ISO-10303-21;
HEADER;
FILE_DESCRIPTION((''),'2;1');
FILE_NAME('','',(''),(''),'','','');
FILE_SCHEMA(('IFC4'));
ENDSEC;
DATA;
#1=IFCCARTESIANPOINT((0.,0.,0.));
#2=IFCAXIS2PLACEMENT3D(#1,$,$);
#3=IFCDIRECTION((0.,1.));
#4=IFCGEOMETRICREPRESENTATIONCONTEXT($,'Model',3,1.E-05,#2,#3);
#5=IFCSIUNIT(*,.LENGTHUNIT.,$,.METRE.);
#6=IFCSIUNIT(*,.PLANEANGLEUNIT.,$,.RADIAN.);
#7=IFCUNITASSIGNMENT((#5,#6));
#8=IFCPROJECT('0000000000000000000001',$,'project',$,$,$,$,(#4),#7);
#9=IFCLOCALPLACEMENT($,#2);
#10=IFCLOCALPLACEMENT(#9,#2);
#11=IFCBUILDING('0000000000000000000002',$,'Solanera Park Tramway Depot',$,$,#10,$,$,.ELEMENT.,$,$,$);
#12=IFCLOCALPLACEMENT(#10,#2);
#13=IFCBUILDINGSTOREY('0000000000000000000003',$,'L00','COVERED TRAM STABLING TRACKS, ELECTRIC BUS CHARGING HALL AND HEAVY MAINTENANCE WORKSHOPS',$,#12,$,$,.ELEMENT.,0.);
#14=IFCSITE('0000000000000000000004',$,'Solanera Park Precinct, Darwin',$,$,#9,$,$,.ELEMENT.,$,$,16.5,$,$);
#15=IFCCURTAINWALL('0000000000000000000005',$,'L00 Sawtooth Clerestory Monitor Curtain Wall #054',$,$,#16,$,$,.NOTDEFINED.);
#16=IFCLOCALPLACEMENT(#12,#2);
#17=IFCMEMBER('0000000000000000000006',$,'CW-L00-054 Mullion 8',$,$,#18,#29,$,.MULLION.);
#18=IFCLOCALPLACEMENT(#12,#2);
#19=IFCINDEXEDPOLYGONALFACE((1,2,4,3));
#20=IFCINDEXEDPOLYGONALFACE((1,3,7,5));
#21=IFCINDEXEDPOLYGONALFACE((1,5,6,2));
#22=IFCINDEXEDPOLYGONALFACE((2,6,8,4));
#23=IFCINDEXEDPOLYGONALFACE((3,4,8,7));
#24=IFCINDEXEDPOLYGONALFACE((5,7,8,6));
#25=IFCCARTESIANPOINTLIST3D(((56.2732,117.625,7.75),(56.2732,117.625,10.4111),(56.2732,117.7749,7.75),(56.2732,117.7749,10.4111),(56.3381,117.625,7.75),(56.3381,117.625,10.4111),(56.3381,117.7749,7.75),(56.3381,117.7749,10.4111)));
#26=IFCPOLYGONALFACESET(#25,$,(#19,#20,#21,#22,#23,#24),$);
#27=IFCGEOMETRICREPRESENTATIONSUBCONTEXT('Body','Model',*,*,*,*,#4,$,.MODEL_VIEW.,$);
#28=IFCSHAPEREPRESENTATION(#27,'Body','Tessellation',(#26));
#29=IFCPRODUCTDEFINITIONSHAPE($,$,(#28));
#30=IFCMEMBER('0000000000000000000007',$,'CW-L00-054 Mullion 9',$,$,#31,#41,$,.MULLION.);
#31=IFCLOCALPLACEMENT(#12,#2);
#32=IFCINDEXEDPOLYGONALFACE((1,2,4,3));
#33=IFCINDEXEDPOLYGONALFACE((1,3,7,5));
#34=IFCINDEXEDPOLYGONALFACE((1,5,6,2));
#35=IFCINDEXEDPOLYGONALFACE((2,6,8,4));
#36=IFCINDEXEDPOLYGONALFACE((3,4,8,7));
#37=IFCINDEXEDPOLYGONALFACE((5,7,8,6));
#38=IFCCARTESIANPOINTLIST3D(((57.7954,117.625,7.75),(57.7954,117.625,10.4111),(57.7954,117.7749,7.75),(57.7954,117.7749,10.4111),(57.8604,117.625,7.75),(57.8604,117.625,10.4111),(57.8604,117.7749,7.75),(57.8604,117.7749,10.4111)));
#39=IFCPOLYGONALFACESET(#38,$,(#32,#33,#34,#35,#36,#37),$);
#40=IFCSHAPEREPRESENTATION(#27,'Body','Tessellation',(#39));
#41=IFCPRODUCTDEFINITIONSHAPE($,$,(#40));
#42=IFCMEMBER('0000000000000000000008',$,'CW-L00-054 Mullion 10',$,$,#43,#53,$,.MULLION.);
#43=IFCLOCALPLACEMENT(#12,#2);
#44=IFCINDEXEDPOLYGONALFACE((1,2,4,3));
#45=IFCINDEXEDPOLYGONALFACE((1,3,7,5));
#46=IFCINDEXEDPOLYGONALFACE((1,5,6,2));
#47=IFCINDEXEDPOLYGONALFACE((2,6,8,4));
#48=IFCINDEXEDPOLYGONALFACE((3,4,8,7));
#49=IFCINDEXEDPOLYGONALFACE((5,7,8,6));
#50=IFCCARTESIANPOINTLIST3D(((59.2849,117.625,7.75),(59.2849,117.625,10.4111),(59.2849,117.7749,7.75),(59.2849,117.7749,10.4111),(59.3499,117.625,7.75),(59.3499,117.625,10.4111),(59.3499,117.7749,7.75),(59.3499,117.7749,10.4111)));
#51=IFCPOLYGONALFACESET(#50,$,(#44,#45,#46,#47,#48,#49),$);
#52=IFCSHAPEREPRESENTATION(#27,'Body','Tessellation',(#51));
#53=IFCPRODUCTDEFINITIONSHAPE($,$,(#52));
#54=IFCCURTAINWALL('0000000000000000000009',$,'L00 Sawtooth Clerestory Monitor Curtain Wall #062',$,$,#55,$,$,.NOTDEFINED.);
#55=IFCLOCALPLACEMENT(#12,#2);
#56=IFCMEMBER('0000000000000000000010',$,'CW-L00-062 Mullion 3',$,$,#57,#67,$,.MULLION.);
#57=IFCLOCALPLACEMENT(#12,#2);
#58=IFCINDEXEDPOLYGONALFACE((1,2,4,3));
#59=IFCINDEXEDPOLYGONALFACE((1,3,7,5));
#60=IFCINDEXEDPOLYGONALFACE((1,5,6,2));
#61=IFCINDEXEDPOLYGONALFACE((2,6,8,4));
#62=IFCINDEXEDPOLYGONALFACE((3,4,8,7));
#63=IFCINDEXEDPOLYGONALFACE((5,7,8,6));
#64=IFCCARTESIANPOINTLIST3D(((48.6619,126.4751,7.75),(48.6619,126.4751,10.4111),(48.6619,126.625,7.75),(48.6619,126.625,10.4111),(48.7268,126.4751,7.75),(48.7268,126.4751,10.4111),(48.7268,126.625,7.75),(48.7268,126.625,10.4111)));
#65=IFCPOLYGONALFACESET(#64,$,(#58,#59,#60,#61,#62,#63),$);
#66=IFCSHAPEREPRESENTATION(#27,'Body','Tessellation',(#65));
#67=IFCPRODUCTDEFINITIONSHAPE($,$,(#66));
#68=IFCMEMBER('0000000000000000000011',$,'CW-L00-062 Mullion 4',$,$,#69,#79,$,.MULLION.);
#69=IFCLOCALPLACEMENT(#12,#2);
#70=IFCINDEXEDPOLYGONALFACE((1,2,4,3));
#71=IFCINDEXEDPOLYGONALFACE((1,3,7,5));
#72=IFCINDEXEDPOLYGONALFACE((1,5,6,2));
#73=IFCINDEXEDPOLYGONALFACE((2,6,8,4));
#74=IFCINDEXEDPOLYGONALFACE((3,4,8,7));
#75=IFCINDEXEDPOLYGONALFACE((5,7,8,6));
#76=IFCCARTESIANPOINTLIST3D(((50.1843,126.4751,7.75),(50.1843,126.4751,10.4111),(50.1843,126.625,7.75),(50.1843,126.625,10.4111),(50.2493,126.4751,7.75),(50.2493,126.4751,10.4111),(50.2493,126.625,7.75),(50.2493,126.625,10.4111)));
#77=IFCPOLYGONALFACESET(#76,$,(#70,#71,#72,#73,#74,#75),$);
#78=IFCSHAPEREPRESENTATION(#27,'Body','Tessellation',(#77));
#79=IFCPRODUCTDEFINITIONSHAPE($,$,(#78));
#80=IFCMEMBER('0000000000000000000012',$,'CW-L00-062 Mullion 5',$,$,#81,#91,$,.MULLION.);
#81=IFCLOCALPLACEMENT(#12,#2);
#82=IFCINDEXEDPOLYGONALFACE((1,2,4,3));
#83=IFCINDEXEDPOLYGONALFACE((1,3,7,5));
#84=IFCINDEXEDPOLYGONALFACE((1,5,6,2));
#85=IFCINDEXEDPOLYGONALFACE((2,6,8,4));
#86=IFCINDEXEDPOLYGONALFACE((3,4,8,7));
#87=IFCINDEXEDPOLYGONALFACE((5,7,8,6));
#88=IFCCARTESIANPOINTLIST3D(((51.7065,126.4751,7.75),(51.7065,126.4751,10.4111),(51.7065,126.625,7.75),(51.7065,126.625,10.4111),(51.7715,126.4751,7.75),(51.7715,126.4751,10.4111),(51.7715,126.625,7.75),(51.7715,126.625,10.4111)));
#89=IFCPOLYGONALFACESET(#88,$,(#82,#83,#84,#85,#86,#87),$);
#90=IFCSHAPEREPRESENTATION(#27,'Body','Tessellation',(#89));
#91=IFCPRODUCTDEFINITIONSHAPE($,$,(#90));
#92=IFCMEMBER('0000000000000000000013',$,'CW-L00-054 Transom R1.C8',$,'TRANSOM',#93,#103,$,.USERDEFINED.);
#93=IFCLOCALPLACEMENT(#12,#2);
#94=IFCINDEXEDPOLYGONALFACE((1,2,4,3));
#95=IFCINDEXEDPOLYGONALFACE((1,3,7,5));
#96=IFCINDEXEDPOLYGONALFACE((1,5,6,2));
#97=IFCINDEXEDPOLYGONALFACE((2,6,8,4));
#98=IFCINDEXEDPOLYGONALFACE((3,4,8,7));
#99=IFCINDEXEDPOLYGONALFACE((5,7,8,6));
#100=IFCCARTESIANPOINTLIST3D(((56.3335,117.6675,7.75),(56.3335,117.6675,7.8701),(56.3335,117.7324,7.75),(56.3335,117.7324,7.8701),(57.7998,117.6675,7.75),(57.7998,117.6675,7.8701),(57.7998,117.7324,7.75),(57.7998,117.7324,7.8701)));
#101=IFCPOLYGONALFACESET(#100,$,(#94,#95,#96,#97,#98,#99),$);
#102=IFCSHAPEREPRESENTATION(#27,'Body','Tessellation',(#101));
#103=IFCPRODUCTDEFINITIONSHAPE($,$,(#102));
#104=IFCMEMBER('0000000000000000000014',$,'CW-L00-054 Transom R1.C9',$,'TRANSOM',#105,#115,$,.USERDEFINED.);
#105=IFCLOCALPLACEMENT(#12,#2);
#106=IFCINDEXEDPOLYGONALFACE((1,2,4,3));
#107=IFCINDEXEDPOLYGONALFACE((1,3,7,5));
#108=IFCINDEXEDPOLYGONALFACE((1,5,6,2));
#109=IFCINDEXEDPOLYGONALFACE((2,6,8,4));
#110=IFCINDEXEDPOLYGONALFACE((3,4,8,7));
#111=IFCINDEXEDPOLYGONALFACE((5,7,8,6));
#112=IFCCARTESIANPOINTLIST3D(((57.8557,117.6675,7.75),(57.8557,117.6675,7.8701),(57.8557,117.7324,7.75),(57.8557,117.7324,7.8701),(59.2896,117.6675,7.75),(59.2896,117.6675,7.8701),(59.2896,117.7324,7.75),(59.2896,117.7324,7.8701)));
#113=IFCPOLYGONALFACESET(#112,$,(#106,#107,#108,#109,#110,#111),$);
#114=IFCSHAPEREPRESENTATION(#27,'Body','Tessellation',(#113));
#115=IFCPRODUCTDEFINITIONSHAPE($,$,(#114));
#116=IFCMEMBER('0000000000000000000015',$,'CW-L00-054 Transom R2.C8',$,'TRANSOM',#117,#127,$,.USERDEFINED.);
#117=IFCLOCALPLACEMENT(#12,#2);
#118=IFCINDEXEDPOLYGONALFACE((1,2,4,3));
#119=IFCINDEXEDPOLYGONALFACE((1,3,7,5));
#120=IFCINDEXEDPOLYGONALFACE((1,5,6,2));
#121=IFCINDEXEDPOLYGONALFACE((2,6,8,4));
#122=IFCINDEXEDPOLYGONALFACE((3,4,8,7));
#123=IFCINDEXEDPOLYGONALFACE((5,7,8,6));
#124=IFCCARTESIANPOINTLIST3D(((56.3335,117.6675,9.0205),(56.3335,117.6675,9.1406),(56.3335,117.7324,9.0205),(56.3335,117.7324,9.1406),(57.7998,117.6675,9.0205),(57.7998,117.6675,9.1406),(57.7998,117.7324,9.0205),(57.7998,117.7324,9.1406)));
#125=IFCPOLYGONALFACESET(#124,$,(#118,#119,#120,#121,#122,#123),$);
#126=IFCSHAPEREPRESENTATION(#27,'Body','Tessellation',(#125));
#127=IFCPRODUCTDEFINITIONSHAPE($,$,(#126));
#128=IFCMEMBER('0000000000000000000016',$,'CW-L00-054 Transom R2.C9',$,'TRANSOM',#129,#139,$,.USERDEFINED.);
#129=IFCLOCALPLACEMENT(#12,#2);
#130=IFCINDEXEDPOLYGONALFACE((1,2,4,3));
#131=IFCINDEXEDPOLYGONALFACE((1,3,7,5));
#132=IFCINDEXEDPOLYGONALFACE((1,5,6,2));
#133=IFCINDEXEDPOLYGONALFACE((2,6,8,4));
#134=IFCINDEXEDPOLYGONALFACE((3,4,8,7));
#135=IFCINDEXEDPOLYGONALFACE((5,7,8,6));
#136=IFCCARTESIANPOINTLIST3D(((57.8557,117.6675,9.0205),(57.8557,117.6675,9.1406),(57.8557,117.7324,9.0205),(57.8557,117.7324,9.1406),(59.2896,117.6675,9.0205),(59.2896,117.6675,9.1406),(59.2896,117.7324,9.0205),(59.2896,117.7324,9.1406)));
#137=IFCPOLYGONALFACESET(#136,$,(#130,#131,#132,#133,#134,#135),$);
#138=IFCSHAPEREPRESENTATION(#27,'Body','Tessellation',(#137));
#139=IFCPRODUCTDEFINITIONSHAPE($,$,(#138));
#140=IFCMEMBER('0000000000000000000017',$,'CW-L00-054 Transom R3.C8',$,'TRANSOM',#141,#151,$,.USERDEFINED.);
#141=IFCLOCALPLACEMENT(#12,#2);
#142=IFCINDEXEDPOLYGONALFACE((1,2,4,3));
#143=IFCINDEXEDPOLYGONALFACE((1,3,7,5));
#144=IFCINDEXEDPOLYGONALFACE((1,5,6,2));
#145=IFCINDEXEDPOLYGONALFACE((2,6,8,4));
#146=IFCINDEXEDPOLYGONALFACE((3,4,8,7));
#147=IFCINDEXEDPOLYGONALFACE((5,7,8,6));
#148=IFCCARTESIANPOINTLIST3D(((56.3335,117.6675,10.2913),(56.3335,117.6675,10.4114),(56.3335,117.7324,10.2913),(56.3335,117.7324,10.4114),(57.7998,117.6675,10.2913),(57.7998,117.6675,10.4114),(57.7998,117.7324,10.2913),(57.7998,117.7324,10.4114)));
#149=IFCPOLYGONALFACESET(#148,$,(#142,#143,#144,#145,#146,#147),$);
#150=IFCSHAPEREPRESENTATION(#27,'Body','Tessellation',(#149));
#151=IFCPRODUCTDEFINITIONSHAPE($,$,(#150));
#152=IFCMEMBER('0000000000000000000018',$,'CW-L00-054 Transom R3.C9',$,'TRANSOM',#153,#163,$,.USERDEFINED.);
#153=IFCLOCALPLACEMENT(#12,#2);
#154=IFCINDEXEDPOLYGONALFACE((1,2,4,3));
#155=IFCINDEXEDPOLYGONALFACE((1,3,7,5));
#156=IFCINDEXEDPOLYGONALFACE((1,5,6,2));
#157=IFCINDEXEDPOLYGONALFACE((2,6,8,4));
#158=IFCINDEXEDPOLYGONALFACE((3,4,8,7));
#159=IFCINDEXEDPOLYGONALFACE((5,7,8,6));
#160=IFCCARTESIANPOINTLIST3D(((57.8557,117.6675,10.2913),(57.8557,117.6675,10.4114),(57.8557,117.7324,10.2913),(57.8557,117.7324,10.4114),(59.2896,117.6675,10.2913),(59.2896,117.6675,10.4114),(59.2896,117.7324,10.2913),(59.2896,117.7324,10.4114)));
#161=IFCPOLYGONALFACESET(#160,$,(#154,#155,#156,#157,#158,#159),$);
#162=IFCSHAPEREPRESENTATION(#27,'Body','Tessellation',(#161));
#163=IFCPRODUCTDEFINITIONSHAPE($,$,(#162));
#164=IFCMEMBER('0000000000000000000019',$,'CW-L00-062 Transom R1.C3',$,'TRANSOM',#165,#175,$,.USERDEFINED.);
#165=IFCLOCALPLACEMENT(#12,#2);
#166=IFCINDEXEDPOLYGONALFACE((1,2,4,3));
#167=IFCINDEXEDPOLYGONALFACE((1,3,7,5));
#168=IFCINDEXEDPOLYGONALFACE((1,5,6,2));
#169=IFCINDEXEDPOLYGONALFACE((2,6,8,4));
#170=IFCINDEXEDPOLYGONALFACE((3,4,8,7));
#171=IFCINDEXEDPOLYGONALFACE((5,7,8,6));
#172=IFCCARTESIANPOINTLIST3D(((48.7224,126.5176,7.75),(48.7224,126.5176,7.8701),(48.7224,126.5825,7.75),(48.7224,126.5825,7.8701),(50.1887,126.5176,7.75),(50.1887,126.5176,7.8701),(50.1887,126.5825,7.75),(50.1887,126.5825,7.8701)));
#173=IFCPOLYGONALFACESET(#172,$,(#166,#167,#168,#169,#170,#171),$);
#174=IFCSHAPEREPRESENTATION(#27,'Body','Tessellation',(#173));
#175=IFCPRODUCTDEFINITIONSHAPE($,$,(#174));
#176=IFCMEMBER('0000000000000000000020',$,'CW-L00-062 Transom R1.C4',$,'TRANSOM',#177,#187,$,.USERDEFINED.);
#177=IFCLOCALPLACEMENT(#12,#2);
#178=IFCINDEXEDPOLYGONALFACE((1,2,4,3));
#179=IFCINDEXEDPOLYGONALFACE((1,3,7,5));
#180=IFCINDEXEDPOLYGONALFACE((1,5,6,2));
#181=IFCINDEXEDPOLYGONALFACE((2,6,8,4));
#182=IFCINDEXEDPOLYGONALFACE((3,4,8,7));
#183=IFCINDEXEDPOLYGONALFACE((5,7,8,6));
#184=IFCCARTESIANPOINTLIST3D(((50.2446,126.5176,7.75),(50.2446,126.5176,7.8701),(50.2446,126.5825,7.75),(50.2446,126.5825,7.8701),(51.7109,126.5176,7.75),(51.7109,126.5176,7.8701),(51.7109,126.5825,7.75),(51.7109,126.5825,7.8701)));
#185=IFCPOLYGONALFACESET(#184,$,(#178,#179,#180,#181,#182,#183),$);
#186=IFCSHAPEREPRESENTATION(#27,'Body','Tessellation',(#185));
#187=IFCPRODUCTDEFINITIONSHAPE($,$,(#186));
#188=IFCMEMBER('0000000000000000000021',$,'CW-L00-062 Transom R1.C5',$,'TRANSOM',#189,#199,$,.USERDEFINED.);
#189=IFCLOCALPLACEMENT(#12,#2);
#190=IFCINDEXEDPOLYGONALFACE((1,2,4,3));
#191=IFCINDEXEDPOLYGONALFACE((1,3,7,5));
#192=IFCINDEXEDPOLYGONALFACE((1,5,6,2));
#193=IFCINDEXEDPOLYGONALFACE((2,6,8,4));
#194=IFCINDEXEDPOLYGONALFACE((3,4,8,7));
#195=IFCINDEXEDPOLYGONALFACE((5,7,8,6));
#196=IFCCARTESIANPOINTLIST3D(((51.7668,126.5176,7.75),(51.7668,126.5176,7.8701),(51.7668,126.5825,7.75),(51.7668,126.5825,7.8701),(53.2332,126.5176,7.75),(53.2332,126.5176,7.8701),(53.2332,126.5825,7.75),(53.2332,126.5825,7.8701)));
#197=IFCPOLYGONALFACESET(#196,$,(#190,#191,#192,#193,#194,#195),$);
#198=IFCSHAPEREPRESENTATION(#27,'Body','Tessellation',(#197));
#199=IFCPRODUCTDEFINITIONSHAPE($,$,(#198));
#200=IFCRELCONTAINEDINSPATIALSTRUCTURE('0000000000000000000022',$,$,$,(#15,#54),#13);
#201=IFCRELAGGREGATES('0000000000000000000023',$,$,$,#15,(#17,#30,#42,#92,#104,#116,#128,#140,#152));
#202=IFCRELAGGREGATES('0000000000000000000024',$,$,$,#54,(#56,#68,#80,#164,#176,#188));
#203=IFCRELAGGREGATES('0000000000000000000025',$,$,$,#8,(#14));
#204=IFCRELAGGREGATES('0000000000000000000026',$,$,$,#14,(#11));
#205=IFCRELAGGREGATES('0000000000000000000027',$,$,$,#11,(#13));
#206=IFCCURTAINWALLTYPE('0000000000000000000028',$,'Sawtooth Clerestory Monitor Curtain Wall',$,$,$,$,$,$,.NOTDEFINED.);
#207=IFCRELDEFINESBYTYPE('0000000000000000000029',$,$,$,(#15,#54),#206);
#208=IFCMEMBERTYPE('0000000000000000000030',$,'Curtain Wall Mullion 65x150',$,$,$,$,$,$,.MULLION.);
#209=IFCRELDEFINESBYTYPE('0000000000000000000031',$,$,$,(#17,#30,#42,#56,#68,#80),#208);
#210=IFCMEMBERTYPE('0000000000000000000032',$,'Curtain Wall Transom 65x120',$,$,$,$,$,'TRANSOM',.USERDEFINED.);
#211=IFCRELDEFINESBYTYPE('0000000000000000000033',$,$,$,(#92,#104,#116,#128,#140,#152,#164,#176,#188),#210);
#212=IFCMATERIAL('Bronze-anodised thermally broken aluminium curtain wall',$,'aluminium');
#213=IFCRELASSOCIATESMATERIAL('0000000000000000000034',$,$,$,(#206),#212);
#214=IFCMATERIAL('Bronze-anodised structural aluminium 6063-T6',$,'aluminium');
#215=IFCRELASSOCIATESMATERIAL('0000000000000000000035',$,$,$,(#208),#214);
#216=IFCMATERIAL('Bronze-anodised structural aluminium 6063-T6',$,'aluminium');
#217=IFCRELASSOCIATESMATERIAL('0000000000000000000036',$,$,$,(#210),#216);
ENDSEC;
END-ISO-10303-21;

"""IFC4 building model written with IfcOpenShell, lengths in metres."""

from ifc_helpers import new_model, si_unit, direction, frame, origin, origin_2d, place, context, subcontext, project, spatial, rectangle, extrude, material, material_profile, profile_set, type_object, element, aggregate, save


model = new_model("IFC4")

# Units and contexts
model_context = context("Model", 3, precision=1e-05, world=origin(), true_north=direction((0.0, 1.0)))
body_context = subcontext(model_context, "Body", "Model", "MODEL_VIEW")
ifc_project = project(units=[si_unit("LENGTHUNIT", "METRE"), si_unit("PLANEANGLEUNIT", "RADIAN")], contexts=[model_context])

# Site, building, storey
site_placement = place(None, origin())
site = spatial("IfcSite", under=ifc_project, at=site_placement, Name="Solanera Park Precinct, Darwin", CompositionType="ELEMENT", RefElevation=16.5)
building_placement = place(site_placement, origin())
building = spatial("IfcBuilding", under=site, at=building_placement, Name="Solanera Park Tramway Depot", CompositionType="ELEMENT")
storey_placement = place(building_placement, origin())
storey = spatial("IfcBuildingStorey", under=building, at=storey_placement, Name="L00", Description="COVERED TRAM STABLING TRACKS, ELECTRIC BUS CHARGING HALL AND HEAVY MAINTENANCE WORKSHOPS", CompositionType="ELEMENT", Elevation=0.0)

# Curtain walls, members
ifc_material_1 = material(Name="Bronze-anodised thermally broken aluminium curtain wall", Category="aluminium")
curtain_wall_type = type_object("IfcCurtainWallType", Name="Sawtooth Clerestory Monitor Curtain Wall", PredefinedType="NOTDEFINED", material=ifc_material_1)
curtain_wall_1_placement = place(storey_placement, origin())
curtain_wall_1 = element("IfcCurtainWall", 1, at=curtain_wall_1_placement, inside=storey, type_object=curtain_wall_type, Name="L00 Sawtooth Clerestory Monitor Curtain Wall #054", PredefinedType="NOTDEFINED")
ifc_material_2 = material(Name="Bronze-anodised structural aluminium 6063-T6", Category="aluminium")
ifc_material_profile_1 = material_profile(ifc_material_2, rectangle(XDim=0.0649, YDim=0.1499, at=origin_2d()), Name="Curtain Wall Mullion 65x150")
ifc_profile_set_1 = profile_set([ifc_material_profile_1], Name="Bronze-anodised structural aluminium 6063-T6")
member_type_1 = type_object("IfcMemberType", Name="Curtain Wall Mullion 65x150", PredefinedType="MULLION", material=ifc_profile_set_1)
member_1_placement = place(storey_placement, frame((56.3057, 117.7, 7.75), z_axis=(0.0, 0.0, 1.0), x_axis=(1.0, 0.0, 0.0)))
member_1 = element("IfcMember", 2, at=member_1_placement, type_object=member_type_1, Name="CW-L00-054 Mullion 8", PredefinedType="MULLION", context=body_context, shape_type="SweptSolid", body=[
    extrude(rectangle(XDim=0.0649, YDim=0.1499, at=origin_2d()), origin(), (0.0, 0.0, 1.0), 2.6611),
])
member_2_placement = place(storey_placement, frame((57.8279, 117.7, 7.75), z_axis=(0.0, 0.0, 1.0), x_axis=(1.0, 0.0, 0.0)))
member_2 = element("IfcMember", 3, at=member_2_placement, type_object=member_type_1, Name="CW-L00-054 Mullion 9", PredefinedType="MULLION", context=body_context, shape_type="SweptSolid", body=[
    extrude(rectangle(XDim=0.0649, YDim=0.1499, at=origin_2d()), origin(), (0.0, 0.0, 1.0), 2.6611),
])
member_3_placement = place(storey_placement, frame((59.3174, 117.7, 7.75), z_axis=(0.0, 0.0, 1.0), x_axis=(1.0, 0.0, 0.0)))
member_3 = element("IfcMember", 4, at=member_3_placement, type_object=member_type_1, Name="CW-L00-054 Mullion 10", PredefinedType="MULLION", context=body_context, shape_type="SweptSolid", body=[
    extrude(rectangle(XDim=0.0649, YDim=0.1499, at=origin_2d()), origin(), (0.0, 0.0, 1.0), 2.6611),
])
curtain_wall_2_placement = place(storey_placement, origin())
curtain_wall_2 = element("IfcCurtainWall", 5, at=curtain_wall_2_placement, inside=storey, type_object=curtain_wall_type, Name="L00 Sawtooth Clerestory Monitor Curtain Wall #062", PredefinedType="NOTDEFINED")
member_4_placement = place(storey_placement, frame((48.6943, 126.55, 7.75), z_axis=(0.0, 0.0, 1.0), x_axis=(1.0, 0.0, 0.0)))
member_4 = element("IfcMember", 6, at=member_4_placement, type_object=member_type_1, Name="CW-L00-062 Mullion 3", PredefinedType="MULLION", context=body_context, shape_type="SweptSolid", body=[
    extrude(rectangle(XDim=0.0649, YDim=0.1499, at=origin_2d()), origin(), (0.0, 0.0, 1.0), 2.6611),
])
member_5_placement = place(storey_placement, frame((50.2168, 126.55, 7.75), z_axis=(0.0, 0.0, 1.0), x_axis=(1.0, 0.0, 0.0)))
member_5 = element("IfcMember", 7, at=member_5_placement, type_object=member_type_1, Name="CW-L00-062 Mullion 4", PredefinedType="MULLION", context=body_context, shape_type="SweptSolid", body=[
    extrude(rectangle(XDim=0.0649, YDim=0.1499, at=origin_2d()), origin(), (0.0, 0.0, 1.0), 2.6611),
])
member_6_placement = place(storey_placement, frame((51.739, 126.55, 7.75), z_axis=(0.0, 0.0, 1.0), x_axis=(1.0, 0.0, 0.0)))
member_6 = element("IfcMember", 8, at=member_6_placement, type_object=member_type_1, Name="CW-L00-062 Mullion 5", PredefinedType="MULLION", context=body_context, shape_type="SweptSolid", body=[
    extrude(rectangle(XDim=0.0649, YDim=0.1499, at=origin_2d()), origin(), (0.0, 0.0, 1.0), 2.6611),
])

# Members
ifc_material_3 = material(Name="Bronze-anodised structural aluminium 6063-T6", Category="aluminium")
ifc_material_profile_2 = material_profile(ifc_material_3, rectangle(XDim=0.0649, YDim=0.1201, at=origin_2d()), Name="Curtain Wall Transom 65x120")
ifc_profile_set_2 = profile_set([ifc_material_profile_2], Name="Bronze-anodised structural aluminium 6063-T6")
member_type_2 = type_object("IfcMemberType", Name="Curtain Wall Transom 65x120", ElementType="TRANSOM", PredefinedType="USERDEFINED", material=ifc_profile_set_2)
member_7_placement = place(storey_placement, frame((56.3335, 117.7, 7.8101), z_axis=(1.0, 0.0, 0.0), x_axis=(0.0, 1.0, 0.0)))
member_7 = element("IfcMember", 9, at=member_7_placement, type_object=member_type_2, Name="CW-L00-054 Transom R1.C8", ObjectType="TRANSOM", PredefinedType="USERDEFINED", context=body_context, shape_type="SweptSolid", body=[
    extrude(rectangle(XDim=0.0649, YDim=0.1201, at=origin_2d()), origin(), (0.0, 0.0, 1.0), 1.4663),
])
member_8_placement = place(storey_placement, frame((57.8557, 117.7, 7.8101), z_axis=(1.0, 0.0, 0.0), x_axis=(0.0, 1.0, 0.0)))
member_8 = element("IfcMember", 10, at=member_8_placement, type_object=member_type_2, Name="CW-L00-054 Transom R1.C9", ObjectType="TRANSOM", PredefinedType="USERDEFINED", context=body_context, shape_type="SweptSolid", body=[
    extrude(rectangle(XDim=0.0649, YDim=0.1201, at=origin_2d()), origin(), (0.0, 0.0, 1.0), 1.4338),
])
member_9_placement = place(storey_placement, frame((56.3335, 117.7, 9.0806), z_axis=(1.0, 0.0, 0.0), x_axis=(0.0, 1.0, 0.0)))
member_9 = element("IfcMember", 11, at=member_9_placement, type_object=member_type_2, Name="CW-L00-054 Transom R2.C8", ObjectType="TRANSOM", PredefinedType="USERDEFINED", context=body_context, shape_type="SweptSolid", body=[
    extrude(rectangle(XDim=0.0649, YDim=0.1201, at=origin_2d()), origin(), (0.0, 0.0, 1.0), 1.4663),
])
member_10_placement = place(storey_placement, frame((57.8557, 117.7, 9.0806), z_axis=(1.0, 0.0, 0.0), x_axis=(0.0, 1.0, 0.0)))
member_10 = element("IfcMember", 12, at=member_10_placement, type_object=member_type_2, Name="CW-L00-054 Transom R2.C9", ObjectType="TRANSOM", PredefinedType="USERDEFINED", context=body_context, shape_type="SweptSolid", body=[
    extrude(rectangle(XDim=0.0649, YDim=0.1201, at=origin_2d()), origin(), (0.0, 0.0, 1.0), 1.4338),
])
member_11_placement = place(storey_placement, frame((56.3335, 117.7, 10.3513), z_axis=(1.0, 0.0, 0.0), x_axis=(0.0, 1.0, 0.0)))
member_11 = element("IfcMember", 13, at=member_11_placement, type_object=member_type_2, Name="CW-L00-054 Transom R3.C8", ObjectType="TRANSOM", PredefinedType="USERDEFINED", context=body_context, shape_type="SweptSolid", body=[
    extrude(rectangle(XDim=0.0649, YDim=0.1201, at=origin_2d()), origin(), (0.0, 0.0, 1.0), 1.4663),
])
member_12_placement = place(storey_placement, frame((57.8557, 117.7, 10.3513), z_axis=(1.0, 0.0, 0.0), x_axis=(0.0, 1.0, 0.0)))
member_12 = element("IfcMember", 14, at=member_12_placement, type_object=member_type_2, Name="CW-L00-054 Transom R3.C9", ObjectType="TRANSOM", PredefinedType="USERDEFINED", context=body_context, shape_type="SweptSolid", body=[
    extrude(rectangle(XDim=0.0649, YDim=0.1201, at=origin_2d()), origin(), (0.0, 0.0, 1.0), 1.4338),
])
member_13_placement = place(storey_placement, frame((48.7224, 126.55, 7.8101), z_axis=(1.0, 0.0, 0.0), x_axis=(0.0, 1.0, 0.0)))
member_13 = element("IfcMember", 15, at=member_13_placement, type_object=member_type_2, Name="CW-L00-062 Transom R1.C3", ObjectType="TRANSOM", PredefinedType="USERDEFINED", context=body_context, shape_type="SweptSolid", body=[
    extrude(rectangle(XDim=0.0649, YDim=0.1201, at=origin_2d()), origin(), (0.0, 0.0, 1.0), 1.4663),
])
member_14_placement = place(storey_placement, frame((50.2446, 126.55, 7.8101), z_axis=(1.0, 0.0, 0.0), x_axis=(0.0, 1.0, 0.0)))
member_14 = element("IfcMember", 16, at=member_14_placement, type_object=member_type_2, Name="CW-L00-062 Transom R1.C4", ObjectType="TRANSOM", PredefinedType="USERDEFINED", context=body_context, shape_type="SweptSolid", body=[
    extrude(rectangle(XDim=0.0649, YDim=0.1201, at=origin_2d()), origin(), (0.0, 0.0, 1.0), 1.4663),
])
member_15_placement = place(storey_placement, frame((51.7668, 126.55, 7.8101), z_axis=(1.0, 0.0, 0.0), x_axis=(0.0, 1.0, 0.0)))
member_15 = element("IfcMember", 17, at=member_15_placement, type_object=member_type_2, Name="CW-L00-062 Transom R1.C5", ObjectType="TRANSOM", PredefinedType="USERDEFINED", context=body_context, shape_type="SweptSolid", body=[
    extrude(rectangle(XDim=0.0649, YDim=0.1201, at=origin_2d()), origin(), (0.0, 0.0, 1.0), 1.4663),
])

aggregate(curtain_wall_1, [member_1, member_2, member_3, member_7, member_8, member_9, member_10, member_11, member_12])
aggregate(curtain_wall_2, [member_4, member_5, member_6, member_13, member_14, member_15])

save(model, "model.ifc")
